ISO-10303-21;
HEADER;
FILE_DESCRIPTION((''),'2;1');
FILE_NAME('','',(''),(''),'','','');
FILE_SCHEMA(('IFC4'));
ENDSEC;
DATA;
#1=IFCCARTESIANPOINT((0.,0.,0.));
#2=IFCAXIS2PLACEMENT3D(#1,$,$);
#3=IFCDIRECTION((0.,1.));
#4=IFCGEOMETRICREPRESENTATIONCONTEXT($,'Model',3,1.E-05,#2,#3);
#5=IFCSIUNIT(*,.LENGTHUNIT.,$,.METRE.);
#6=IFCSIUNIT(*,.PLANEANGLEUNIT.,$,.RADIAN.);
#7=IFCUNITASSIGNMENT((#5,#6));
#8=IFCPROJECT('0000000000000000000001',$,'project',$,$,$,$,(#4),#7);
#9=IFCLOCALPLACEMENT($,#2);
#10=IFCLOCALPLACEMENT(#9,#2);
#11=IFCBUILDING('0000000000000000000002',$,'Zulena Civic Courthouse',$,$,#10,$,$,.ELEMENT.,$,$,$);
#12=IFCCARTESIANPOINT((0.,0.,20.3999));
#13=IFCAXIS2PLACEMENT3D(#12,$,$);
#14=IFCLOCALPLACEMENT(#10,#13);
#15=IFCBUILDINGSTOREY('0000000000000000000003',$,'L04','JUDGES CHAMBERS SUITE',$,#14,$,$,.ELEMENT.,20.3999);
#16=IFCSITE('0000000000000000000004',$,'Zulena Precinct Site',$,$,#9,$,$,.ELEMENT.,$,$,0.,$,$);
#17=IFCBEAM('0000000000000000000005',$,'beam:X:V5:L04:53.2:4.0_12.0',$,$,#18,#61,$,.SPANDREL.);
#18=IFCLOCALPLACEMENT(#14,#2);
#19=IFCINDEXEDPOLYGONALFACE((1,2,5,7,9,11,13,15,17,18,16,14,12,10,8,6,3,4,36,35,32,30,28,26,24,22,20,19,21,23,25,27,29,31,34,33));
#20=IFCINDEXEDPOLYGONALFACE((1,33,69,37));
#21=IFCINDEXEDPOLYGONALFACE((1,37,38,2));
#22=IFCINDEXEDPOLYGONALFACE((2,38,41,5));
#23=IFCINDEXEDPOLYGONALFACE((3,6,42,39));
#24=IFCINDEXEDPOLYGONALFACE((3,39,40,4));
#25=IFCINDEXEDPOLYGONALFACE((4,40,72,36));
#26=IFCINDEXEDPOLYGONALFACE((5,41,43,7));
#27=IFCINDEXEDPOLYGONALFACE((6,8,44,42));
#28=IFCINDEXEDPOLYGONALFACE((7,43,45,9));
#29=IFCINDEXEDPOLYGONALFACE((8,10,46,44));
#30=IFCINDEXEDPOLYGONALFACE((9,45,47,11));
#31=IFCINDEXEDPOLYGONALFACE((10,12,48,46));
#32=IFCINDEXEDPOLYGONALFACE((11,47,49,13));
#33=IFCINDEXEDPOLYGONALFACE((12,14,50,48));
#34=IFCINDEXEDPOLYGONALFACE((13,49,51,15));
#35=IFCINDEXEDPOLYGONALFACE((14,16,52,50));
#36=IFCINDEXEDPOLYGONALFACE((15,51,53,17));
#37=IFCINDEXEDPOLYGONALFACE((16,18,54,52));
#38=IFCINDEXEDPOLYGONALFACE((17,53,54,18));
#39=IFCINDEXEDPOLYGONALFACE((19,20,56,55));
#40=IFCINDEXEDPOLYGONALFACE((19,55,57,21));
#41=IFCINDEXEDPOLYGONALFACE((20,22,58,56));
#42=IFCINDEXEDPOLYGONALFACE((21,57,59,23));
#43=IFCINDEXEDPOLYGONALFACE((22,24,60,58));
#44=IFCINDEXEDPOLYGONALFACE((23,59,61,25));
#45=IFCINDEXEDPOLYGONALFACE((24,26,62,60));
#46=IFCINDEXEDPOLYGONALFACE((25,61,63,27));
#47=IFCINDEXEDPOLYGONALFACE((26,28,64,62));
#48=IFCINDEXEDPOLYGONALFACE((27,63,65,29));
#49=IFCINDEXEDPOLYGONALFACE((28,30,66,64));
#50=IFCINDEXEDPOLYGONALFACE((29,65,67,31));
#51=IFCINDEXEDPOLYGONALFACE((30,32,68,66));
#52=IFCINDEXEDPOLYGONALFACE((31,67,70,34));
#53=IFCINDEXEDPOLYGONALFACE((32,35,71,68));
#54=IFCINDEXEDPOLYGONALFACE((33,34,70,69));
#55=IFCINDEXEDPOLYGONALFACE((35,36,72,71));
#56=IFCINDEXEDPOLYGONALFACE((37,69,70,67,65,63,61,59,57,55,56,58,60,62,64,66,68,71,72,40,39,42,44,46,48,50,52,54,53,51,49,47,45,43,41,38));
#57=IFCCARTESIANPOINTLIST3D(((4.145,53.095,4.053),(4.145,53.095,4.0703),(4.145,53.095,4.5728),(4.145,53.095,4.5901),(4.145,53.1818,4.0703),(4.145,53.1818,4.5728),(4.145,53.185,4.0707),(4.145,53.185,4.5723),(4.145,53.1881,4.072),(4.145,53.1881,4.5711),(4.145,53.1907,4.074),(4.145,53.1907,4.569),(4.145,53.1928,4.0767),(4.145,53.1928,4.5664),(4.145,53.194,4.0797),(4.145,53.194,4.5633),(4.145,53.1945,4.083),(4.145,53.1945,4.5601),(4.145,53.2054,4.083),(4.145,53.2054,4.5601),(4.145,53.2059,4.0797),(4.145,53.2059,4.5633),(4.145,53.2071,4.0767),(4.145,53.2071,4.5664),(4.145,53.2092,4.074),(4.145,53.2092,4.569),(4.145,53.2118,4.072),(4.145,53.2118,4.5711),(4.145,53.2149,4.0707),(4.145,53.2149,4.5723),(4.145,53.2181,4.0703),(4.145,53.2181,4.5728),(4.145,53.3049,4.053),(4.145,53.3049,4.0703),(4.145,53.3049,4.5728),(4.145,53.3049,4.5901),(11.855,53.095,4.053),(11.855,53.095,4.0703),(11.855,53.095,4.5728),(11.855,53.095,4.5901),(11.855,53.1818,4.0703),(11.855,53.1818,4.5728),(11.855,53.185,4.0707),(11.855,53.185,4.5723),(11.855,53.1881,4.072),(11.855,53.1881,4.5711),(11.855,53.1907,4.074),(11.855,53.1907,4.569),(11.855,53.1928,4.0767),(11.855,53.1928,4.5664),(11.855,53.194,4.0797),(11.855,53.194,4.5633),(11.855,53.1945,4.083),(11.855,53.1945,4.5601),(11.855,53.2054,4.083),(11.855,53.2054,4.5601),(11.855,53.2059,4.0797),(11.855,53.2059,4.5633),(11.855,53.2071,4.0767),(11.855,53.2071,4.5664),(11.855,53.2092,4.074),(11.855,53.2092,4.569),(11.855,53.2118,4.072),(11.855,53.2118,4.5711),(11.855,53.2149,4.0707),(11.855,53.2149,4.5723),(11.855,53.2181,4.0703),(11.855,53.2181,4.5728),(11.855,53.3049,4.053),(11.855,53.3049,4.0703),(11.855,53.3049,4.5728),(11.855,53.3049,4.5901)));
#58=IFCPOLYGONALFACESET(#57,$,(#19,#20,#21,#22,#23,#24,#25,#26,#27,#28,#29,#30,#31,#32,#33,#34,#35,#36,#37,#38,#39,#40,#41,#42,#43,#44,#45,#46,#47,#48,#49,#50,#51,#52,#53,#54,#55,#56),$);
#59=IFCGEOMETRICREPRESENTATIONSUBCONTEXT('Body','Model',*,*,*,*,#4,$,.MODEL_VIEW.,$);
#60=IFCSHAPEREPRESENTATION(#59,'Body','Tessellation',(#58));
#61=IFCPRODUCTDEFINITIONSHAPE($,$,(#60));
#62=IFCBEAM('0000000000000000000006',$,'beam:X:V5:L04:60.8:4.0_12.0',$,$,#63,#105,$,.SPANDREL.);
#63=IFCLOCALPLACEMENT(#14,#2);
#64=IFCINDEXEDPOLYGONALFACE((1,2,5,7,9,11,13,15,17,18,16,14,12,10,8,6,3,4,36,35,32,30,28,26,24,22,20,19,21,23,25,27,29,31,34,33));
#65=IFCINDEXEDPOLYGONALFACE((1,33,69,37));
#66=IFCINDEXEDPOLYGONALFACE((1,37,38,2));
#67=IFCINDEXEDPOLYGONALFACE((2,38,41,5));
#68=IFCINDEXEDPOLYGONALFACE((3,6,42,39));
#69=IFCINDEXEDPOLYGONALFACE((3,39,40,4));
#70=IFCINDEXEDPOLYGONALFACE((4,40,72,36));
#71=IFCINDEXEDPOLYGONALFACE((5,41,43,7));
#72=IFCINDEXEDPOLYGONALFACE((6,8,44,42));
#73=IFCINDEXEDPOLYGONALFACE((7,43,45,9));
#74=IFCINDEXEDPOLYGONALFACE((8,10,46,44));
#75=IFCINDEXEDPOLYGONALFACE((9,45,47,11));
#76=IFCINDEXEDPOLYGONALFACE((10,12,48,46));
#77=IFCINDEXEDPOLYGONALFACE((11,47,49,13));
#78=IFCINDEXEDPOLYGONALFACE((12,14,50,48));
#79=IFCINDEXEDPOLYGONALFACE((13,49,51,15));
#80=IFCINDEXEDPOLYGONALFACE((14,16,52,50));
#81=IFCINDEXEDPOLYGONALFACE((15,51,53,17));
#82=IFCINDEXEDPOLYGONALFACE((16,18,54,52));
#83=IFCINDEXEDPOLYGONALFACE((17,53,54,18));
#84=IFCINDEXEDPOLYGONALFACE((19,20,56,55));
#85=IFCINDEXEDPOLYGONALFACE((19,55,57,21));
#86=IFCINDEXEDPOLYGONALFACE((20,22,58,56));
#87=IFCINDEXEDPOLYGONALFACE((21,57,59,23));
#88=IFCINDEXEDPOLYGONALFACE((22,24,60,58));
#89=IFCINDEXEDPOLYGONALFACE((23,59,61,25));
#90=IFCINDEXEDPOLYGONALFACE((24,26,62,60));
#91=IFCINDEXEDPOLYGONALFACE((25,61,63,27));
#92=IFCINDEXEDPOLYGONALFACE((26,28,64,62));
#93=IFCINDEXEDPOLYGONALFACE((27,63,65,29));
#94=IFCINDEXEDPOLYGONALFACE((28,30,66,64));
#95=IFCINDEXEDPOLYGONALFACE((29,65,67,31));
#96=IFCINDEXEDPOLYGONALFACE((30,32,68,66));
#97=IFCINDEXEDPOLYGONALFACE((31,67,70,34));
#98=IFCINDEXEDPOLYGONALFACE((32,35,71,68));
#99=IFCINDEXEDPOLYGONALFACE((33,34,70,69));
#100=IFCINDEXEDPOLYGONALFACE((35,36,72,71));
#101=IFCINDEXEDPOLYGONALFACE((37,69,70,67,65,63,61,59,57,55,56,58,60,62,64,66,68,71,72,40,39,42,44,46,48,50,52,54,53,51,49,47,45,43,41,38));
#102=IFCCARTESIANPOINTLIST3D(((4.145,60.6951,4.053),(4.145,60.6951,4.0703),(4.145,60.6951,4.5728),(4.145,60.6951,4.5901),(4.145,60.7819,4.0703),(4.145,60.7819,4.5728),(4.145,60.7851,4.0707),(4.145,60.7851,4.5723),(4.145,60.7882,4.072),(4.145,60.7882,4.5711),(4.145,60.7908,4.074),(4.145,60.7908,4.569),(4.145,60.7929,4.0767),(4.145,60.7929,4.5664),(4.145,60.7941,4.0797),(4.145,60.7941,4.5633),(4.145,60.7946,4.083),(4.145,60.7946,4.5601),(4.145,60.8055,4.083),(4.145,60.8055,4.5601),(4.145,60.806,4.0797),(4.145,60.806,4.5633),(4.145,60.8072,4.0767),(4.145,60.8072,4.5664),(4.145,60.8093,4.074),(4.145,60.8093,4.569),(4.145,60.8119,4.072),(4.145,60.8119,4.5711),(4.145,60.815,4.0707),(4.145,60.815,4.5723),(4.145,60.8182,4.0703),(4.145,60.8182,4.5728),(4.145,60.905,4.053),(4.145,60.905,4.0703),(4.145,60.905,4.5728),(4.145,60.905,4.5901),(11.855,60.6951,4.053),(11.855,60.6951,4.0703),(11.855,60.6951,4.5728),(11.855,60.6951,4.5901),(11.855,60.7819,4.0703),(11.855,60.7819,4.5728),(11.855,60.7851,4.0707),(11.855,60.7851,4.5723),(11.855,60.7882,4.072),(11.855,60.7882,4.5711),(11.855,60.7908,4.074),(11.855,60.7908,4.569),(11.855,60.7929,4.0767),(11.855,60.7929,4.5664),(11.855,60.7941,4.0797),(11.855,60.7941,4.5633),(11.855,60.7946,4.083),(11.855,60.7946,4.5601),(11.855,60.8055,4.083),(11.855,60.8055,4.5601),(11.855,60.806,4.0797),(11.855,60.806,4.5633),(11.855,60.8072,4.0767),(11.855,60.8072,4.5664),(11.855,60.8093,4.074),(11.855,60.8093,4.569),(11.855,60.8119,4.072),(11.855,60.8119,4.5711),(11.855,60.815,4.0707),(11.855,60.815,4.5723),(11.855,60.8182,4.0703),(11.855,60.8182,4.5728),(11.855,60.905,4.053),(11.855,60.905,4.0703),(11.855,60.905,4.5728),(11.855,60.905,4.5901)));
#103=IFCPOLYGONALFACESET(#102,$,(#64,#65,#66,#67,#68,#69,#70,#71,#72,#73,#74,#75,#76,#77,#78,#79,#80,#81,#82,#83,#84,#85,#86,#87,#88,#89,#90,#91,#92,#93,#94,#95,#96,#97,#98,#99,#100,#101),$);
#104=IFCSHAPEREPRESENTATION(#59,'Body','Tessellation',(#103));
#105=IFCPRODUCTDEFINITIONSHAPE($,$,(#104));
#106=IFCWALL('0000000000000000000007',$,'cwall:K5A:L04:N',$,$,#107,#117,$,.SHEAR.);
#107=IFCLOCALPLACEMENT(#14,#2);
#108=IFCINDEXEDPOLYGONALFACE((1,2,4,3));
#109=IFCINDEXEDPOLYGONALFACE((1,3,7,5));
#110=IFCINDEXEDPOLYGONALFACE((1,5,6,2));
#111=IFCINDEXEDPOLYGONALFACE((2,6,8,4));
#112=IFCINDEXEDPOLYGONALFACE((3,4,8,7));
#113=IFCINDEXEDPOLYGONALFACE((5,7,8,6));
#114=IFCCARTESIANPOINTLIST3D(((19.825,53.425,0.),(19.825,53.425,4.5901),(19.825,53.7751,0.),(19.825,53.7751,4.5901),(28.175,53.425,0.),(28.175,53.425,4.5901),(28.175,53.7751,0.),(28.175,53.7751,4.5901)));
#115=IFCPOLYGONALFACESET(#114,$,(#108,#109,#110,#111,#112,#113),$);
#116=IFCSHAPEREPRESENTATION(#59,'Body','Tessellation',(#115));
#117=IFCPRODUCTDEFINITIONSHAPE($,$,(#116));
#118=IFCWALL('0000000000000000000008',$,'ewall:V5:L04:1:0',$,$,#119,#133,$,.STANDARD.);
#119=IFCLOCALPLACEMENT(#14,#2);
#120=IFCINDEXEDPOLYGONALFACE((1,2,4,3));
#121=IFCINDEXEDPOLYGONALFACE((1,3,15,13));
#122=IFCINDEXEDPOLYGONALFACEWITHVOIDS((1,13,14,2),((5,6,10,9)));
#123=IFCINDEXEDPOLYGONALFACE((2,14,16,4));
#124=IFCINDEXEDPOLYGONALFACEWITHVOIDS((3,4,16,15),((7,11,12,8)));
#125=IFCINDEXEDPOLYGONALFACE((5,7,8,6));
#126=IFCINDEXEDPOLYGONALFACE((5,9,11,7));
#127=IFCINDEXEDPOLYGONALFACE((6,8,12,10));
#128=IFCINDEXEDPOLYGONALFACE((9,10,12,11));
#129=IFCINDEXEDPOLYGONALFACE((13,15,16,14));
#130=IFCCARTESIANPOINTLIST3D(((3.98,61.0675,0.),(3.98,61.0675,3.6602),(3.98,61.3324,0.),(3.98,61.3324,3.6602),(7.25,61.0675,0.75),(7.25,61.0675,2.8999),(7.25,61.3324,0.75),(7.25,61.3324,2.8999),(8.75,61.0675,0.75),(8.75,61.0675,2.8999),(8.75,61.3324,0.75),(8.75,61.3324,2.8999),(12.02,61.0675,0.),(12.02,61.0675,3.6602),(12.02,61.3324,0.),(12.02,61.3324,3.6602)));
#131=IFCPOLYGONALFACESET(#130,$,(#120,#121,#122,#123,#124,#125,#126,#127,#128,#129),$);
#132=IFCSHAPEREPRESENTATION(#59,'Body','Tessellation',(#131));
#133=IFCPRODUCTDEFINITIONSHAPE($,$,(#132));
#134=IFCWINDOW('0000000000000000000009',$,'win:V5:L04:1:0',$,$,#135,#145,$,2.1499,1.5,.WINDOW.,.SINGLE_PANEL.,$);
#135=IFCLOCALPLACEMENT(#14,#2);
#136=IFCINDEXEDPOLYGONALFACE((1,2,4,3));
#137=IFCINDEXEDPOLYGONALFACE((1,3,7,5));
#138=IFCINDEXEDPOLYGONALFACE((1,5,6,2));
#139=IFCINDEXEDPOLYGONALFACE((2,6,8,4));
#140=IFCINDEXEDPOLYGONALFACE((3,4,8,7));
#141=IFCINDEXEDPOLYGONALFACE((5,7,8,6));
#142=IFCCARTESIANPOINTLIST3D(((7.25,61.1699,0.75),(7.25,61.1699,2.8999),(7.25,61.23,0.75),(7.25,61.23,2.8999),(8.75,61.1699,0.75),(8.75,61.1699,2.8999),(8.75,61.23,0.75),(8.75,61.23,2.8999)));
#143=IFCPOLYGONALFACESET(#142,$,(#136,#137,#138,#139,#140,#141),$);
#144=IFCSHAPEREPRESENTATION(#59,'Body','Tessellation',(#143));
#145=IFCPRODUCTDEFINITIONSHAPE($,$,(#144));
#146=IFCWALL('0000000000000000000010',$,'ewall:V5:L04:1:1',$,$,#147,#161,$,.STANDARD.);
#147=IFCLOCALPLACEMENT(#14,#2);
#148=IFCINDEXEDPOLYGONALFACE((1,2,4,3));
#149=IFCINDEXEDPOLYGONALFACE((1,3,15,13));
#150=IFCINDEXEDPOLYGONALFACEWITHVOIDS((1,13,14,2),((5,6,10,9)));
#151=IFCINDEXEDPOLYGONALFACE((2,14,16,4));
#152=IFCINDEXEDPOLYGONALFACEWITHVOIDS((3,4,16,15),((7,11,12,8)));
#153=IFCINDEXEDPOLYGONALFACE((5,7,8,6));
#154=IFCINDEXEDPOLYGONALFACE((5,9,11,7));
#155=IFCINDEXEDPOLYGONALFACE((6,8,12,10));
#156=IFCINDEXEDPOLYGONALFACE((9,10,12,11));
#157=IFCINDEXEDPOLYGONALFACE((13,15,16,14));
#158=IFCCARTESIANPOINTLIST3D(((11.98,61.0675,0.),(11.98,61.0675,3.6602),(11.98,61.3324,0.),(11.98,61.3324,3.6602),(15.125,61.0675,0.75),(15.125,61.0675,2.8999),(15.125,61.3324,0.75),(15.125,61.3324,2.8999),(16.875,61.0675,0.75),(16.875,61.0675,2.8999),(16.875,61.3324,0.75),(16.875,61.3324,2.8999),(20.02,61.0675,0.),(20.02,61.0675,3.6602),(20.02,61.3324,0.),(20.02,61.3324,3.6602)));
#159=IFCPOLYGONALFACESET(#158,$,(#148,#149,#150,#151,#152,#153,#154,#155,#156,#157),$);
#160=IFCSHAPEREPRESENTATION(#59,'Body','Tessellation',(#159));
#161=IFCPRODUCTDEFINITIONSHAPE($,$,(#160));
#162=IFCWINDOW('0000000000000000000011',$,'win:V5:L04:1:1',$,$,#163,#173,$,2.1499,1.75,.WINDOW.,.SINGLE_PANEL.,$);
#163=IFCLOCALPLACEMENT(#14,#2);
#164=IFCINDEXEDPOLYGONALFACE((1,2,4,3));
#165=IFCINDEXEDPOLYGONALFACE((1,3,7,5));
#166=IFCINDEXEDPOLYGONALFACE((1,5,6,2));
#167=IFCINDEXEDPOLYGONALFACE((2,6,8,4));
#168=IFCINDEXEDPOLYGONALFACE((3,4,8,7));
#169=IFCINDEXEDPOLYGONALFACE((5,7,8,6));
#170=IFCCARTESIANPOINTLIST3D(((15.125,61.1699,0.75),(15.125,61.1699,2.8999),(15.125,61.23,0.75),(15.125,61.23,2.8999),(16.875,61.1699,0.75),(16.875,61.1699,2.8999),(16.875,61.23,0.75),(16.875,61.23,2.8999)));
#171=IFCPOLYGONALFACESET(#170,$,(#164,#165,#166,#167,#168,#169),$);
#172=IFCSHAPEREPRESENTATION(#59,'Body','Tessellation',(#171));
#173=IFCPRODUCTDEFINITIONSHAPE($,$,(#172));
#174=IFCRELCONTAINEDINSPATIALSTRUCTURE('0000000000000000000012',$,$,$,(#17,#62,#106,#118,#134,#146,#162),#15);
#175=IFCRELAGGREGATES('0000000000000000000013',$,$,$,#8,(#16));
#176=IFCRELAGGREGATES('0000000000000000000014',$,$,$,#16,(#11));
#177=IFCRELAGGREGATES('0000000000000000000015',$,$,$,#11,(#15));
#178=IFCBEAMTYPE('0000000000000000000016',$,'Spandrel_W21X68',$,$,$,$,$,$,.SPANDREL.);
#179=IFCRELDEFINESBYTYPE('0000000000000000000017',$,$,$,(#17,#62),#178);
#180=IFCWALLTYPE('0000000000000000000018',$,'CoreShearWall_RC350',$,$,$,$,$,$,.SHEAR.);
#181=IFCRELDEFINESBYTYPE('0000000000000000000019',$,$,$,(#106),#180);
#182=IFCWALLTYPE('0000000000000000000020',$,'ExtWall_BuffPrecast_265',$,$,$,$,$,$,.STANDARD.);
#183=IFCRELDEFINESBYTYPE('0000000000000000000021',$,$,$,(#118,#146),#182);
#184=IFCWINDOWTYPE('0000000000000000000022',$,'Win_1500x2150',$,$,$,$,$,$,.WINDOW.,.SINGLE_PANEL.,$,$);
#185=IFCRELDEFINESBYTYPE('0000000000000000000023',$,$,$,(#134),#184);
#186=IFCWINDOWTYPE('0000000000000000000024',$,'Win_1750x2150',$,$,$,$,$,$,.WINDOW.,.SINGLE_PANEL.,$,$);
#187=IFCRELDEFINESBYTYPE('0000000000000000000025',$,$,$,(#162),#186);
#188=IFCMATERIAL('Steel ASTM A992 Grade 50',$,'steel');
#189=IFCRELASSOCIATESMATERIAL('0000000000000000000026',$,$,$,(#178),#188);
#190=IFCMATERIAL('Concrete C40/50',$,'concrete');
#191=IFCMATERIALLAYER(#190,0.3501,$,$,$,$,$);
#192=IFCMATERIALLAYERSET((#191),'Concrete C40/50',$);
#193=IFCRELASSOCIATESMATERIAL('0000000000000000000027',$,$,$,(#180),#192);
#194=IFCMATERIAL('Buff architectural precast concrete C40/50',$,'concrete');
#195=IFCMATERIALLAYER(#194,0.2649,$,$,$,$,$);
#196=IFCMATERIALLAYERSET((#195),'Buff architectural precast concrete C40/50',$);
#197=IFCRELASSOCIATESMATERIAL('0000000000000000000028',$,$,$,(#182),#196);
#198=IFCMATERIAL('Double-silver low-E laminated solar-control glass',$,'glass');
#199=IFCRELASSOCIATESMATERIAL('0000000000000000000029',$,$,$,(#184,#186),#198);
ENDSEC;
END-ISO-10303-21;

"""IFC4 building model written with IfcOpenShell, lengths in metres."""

from ifc_helpers import new_model, si_unit, direction, frame, frame_2d, origin, origin_2d, place, context, subcontext, project, spatial, rectangle, i_section, extrude, material, layer, layer_set, material_profile, profile_set, type_object, element, fill, save


model = new_model("IFC4")

# Units and contexts
model_context = context("Model", 3, precision=1e-05, world=origin(), true_north=direction((0.0, 1.0)))
body_context = subcontext(model_context, "Body", "Model", "MODEL_VIEW")
ifc_project = project(units=[si_unit("LENGTHUNIT", "METRE"), si_unit("PLANEANGLEUNIT", "RADIAN")], contexts=[model_context])

# Site, building, storey
site_placement = place(None, origin())
site = spatial("IfcSite", under=ifc_project, at=site_placement, Name="Zulena Precinct Site", CompositionType="ELEMENT", RefElevation=0.0)
building_placement = place(site_placement, origin())
building = spatial("IfcBuilding", under=site, at=building_placement, Name="Zulena Civic Courthouse", CompositionType="ELEMENT")
storey_placement = place(building_placement, frame((0.0, 0.0, 20.3999)))
storey = spatial("IfcBuildingStorey", under=building, at=storey_placement, Name="L04", Description="JUDGES CHAMBERS SUITE", CompositionType="ELEMENT", Elevation=20.3999)

# Shared definitions
ifc_material_1 = material(Name="Steel ASTM A992 Grade 50", Category="steel")

# Beams
ifc_material_profile_1 = material_profile(ifc_material_1, i_section(OverallWidth=0.21, OverallDepth=0.5371, WebThickness=0.011, FlangeThickness=0.0173, FilletRadius=0.0127, at=origin_2d()), Name="W21X68")
ifc_profile_set_1 = profile_set([ifc_material_profile_1], Name="Steel ASTM A992 Grade 50")
beam_type_1 = type_object("IfcBeamType", Name="Spandrel_W21X68", PredefinedType="SPANDREL", material=ifc_profile_set_1)
for number, where, z_axis, x_axis, name in (
    (1, (4.145, 53.2, 4.3215), (1.0, 0.0, 0.0), (0.0, 1.0, 0.0), "beam:X:V5:L04:53.2:4.0_12.0"),
    (2, (4.145, 60.8, 4.3215), (1.0, 0.0, 0.0), (0.0, 1.0, 0.0), "beam:X:V5:L04:60.8:4.0_12.0"),
):
    element("IfcBeam", number, at=place(storey_placement, frame(where, z_axis=z_axis, x_axis=x_axis)), inside=storey, type_object=beam_type_1, Name=name, PredefinedType="SPANDREL", context=body_context, shape_type="SweptSolid", body=[
        extrude(i_section(OverallWidth=0.21, OverallDepth=0.5371, WebThickness=0.011, FlangeThickness=0.0173, FilletRadius=0.0127, at=origin_2d()), origin(), (0.0, 0.0, 1.0), 7.71),
    ])

# Wall
ifc_material_2 = material(Name="Concrete C40/50", Category="concrete")
ifc_layer_1 = layer(ifc_material_2, 0.3501)
ifc_layer_set_1 = layer_set([ifc_layer_1], Name="Concrete C40/50")
wall_type_1 = type_object("IfcWallType", Name="CoreShearWall_RC350", PredefinedType="SHEAR", material=ifc_layer_set_1)
wall_1_placement = place(storey_placement, frame((19.825, 53.6001, 0.0), z_axis=(0.0, 0.0, 1.0), x_axis=(1.0, 0.0, 0.0)))
element("IfcWall", 3, at=wall_1_placement, inside=storey, type_object=wall_type_1, Name="cwall:K5A:L04:N", PredefinedType="SHEAR", context=body_context, shape_type="SweptSolid", body=[
    extrude(rectangle(XDim=8.3501, YDim=0.3501, at=frame_2d((4.175, 0.0))), origin(), (0.0, 0.0, 1.0), 4.5901),
])

# Walls, openings, windows
ifc_material_3 = material(Name="Buff architectural precast concrete C40/50", Category="concrete")
ifc_layer_2 = layer(ifc_material_3, 0.2649)
ifc_layer_set_2 = layer_set([ifc_layer_2], Name="Buff architectural precast concrete C40/50")
wall_type_2 = type_object("IfcWallType", Name="ExtWall_BuffPrecast_265", PredefinedType="STANDARD", material=ifc_layer_set_2)
wall_2_placement = place(storey_placement, frame((3.98, 61.2, 0.0), z_axis=(0.0, 0.0, 1.0), x_axis=(1.0, 0.0, 0.0)))
wall_2 = element("IfcWall", 4, at=wall_2_placement, inside=storey, type_object=wall_type_2, Name="ewall:V5:L04:1:0", PredefinedType="STANDARD", context=body_context, shape_type="SweptSolid", body=[
    extrude(rectangle(XDim=8.04, YDim=0.2649, at=frame_2d((4.02, 0.0))), origin(), (0.0, 0.0, 1.0), 3.6602),
])
opening_1_placement = place(wall_2_placement, frame((3.27, 0.0, 0.75)))
opening_1 = element("IfcOpeningElement", 5, at=opening_1_placement, cuts=wall_2, PredefinedType="OPENING", context=body_context, shape_type="SweptSolid", body=[
    extrude(rectangle(XDim=1.5, YDim=2.1499, at=frame_2d((0.75, 1.075))), frame((0.0, 0.1423, 0.0), z_axis=(0.0, -1.0, 0.0), x_axis=(1.0, 0.0, 0.0)), (0.0, 0.0, 1.0), 0.2849),
])
ifc_material_4 = material(Name="Double-silver low-E laminated solar-control glass", Category="glass")
window_type_1 = type_object("IfcWindowType", Name="Win_1500x2150", PartitioningType="SINGLE_PANEL", PredefinedType="WINDOW", material=ifc_material_4)
window_1_placement = place(opening_1_placement, origin())
window_1 = element("IfcWindow", 6, at=window_1_placement, inside=storey, type_object=window_type_1, Name="win:V5:L04:1:0", OverallHeight=2.1499, OverallWidth=1.5, PartitioningType="SINGLE_PANEL", PredefinedType="WINDOW", context=body_context, shape_type="SweptSolid", body=[
    extrude(rectangle(XDim=1.5, YDim=2.1499, at=frame_2d((0.75, 1.075))), frame((0.0, 0.03, 0.0), z_axis=(0.0, -1.0, 0.0), x_axis=(1.0, 0.0, 0.0)), (0.0, 0.0, 1.0), 0.0601),
])
fill(opening_1, window_1)
wall_3_placement = place(storey_placement, frame((11.98, 61.2, 0.0), z_axis=(0.0, 0.0, 1.0), x_axis=(1.0, 0.0, 0.0)))
wall_3 = element("IfcWall", 7, at=wall_3_placement, inside=storey, type_object=wall_type_2, Name="ewall:V5:L04:1:1", PredefinedType="STANDARD", context=body_context, shape_type="SweptSolid", body=[
    extrude(rectangle(XDim=8.04, YDim=0.2649, at=frame_2d((4.02, 0.0))), origin(), (0.0, 0.0, 1.0), 3.6602),
])
opening_2_placement = place(wall_3_placement, frame((3.145, 0.0, 0.75)))
opening_2 = element("IfcOpeningElement", 8, at=opening_2_placement, cuts=wall_3, PredefinedType="OPENING", context=body_context, shape_type="SweptSolid", body=[
    extrude(rectangle(XDim=1.75, YDim=2.1499, at=frame_2d((0.875, 1.075))), frame((0.0, 0.1423, 0.0), z_axis=(0.0, -1.0, 0.0), x_axis=(1.0, 0.0, 0.0)), (0.0, 0.0, 1.0), 0.2849),
])
window_type_2 = type_object("IfcWindowType", Name="Win_1750x2150", PartitioningType="SINGLE_PANEL", PredefinedType="WINDOW", material=ifc_material_4)
window_2_placement = place(opening_2_placement, origin())
window_2 = element("IfcWindow", 9, at=window_2_placement, inside=storey, type_object=window_type_2, Name="win:V5:L04:1:1", OverallHeight=2.1499, OverallWidth=1.75, PartitioningType="SINGLE_PANEL", PredefinedType="WINDOW", context=body_context, shape_type="SweptSolid", body=[
    extrude(rectangle(XDim=1.75, YDim=2.1499, at=frame_2d((0.875, 1.075))), frame((0.0, 0.03, 0.0), z_axis=(0.0, -1.0, 0.0), x_axis=(1.0, 0.0, 0.0)), (0.0, 0.0, 1.0), 0.0601),
])
fill(opening_2, window_2)

save(model, "model.ifc")
